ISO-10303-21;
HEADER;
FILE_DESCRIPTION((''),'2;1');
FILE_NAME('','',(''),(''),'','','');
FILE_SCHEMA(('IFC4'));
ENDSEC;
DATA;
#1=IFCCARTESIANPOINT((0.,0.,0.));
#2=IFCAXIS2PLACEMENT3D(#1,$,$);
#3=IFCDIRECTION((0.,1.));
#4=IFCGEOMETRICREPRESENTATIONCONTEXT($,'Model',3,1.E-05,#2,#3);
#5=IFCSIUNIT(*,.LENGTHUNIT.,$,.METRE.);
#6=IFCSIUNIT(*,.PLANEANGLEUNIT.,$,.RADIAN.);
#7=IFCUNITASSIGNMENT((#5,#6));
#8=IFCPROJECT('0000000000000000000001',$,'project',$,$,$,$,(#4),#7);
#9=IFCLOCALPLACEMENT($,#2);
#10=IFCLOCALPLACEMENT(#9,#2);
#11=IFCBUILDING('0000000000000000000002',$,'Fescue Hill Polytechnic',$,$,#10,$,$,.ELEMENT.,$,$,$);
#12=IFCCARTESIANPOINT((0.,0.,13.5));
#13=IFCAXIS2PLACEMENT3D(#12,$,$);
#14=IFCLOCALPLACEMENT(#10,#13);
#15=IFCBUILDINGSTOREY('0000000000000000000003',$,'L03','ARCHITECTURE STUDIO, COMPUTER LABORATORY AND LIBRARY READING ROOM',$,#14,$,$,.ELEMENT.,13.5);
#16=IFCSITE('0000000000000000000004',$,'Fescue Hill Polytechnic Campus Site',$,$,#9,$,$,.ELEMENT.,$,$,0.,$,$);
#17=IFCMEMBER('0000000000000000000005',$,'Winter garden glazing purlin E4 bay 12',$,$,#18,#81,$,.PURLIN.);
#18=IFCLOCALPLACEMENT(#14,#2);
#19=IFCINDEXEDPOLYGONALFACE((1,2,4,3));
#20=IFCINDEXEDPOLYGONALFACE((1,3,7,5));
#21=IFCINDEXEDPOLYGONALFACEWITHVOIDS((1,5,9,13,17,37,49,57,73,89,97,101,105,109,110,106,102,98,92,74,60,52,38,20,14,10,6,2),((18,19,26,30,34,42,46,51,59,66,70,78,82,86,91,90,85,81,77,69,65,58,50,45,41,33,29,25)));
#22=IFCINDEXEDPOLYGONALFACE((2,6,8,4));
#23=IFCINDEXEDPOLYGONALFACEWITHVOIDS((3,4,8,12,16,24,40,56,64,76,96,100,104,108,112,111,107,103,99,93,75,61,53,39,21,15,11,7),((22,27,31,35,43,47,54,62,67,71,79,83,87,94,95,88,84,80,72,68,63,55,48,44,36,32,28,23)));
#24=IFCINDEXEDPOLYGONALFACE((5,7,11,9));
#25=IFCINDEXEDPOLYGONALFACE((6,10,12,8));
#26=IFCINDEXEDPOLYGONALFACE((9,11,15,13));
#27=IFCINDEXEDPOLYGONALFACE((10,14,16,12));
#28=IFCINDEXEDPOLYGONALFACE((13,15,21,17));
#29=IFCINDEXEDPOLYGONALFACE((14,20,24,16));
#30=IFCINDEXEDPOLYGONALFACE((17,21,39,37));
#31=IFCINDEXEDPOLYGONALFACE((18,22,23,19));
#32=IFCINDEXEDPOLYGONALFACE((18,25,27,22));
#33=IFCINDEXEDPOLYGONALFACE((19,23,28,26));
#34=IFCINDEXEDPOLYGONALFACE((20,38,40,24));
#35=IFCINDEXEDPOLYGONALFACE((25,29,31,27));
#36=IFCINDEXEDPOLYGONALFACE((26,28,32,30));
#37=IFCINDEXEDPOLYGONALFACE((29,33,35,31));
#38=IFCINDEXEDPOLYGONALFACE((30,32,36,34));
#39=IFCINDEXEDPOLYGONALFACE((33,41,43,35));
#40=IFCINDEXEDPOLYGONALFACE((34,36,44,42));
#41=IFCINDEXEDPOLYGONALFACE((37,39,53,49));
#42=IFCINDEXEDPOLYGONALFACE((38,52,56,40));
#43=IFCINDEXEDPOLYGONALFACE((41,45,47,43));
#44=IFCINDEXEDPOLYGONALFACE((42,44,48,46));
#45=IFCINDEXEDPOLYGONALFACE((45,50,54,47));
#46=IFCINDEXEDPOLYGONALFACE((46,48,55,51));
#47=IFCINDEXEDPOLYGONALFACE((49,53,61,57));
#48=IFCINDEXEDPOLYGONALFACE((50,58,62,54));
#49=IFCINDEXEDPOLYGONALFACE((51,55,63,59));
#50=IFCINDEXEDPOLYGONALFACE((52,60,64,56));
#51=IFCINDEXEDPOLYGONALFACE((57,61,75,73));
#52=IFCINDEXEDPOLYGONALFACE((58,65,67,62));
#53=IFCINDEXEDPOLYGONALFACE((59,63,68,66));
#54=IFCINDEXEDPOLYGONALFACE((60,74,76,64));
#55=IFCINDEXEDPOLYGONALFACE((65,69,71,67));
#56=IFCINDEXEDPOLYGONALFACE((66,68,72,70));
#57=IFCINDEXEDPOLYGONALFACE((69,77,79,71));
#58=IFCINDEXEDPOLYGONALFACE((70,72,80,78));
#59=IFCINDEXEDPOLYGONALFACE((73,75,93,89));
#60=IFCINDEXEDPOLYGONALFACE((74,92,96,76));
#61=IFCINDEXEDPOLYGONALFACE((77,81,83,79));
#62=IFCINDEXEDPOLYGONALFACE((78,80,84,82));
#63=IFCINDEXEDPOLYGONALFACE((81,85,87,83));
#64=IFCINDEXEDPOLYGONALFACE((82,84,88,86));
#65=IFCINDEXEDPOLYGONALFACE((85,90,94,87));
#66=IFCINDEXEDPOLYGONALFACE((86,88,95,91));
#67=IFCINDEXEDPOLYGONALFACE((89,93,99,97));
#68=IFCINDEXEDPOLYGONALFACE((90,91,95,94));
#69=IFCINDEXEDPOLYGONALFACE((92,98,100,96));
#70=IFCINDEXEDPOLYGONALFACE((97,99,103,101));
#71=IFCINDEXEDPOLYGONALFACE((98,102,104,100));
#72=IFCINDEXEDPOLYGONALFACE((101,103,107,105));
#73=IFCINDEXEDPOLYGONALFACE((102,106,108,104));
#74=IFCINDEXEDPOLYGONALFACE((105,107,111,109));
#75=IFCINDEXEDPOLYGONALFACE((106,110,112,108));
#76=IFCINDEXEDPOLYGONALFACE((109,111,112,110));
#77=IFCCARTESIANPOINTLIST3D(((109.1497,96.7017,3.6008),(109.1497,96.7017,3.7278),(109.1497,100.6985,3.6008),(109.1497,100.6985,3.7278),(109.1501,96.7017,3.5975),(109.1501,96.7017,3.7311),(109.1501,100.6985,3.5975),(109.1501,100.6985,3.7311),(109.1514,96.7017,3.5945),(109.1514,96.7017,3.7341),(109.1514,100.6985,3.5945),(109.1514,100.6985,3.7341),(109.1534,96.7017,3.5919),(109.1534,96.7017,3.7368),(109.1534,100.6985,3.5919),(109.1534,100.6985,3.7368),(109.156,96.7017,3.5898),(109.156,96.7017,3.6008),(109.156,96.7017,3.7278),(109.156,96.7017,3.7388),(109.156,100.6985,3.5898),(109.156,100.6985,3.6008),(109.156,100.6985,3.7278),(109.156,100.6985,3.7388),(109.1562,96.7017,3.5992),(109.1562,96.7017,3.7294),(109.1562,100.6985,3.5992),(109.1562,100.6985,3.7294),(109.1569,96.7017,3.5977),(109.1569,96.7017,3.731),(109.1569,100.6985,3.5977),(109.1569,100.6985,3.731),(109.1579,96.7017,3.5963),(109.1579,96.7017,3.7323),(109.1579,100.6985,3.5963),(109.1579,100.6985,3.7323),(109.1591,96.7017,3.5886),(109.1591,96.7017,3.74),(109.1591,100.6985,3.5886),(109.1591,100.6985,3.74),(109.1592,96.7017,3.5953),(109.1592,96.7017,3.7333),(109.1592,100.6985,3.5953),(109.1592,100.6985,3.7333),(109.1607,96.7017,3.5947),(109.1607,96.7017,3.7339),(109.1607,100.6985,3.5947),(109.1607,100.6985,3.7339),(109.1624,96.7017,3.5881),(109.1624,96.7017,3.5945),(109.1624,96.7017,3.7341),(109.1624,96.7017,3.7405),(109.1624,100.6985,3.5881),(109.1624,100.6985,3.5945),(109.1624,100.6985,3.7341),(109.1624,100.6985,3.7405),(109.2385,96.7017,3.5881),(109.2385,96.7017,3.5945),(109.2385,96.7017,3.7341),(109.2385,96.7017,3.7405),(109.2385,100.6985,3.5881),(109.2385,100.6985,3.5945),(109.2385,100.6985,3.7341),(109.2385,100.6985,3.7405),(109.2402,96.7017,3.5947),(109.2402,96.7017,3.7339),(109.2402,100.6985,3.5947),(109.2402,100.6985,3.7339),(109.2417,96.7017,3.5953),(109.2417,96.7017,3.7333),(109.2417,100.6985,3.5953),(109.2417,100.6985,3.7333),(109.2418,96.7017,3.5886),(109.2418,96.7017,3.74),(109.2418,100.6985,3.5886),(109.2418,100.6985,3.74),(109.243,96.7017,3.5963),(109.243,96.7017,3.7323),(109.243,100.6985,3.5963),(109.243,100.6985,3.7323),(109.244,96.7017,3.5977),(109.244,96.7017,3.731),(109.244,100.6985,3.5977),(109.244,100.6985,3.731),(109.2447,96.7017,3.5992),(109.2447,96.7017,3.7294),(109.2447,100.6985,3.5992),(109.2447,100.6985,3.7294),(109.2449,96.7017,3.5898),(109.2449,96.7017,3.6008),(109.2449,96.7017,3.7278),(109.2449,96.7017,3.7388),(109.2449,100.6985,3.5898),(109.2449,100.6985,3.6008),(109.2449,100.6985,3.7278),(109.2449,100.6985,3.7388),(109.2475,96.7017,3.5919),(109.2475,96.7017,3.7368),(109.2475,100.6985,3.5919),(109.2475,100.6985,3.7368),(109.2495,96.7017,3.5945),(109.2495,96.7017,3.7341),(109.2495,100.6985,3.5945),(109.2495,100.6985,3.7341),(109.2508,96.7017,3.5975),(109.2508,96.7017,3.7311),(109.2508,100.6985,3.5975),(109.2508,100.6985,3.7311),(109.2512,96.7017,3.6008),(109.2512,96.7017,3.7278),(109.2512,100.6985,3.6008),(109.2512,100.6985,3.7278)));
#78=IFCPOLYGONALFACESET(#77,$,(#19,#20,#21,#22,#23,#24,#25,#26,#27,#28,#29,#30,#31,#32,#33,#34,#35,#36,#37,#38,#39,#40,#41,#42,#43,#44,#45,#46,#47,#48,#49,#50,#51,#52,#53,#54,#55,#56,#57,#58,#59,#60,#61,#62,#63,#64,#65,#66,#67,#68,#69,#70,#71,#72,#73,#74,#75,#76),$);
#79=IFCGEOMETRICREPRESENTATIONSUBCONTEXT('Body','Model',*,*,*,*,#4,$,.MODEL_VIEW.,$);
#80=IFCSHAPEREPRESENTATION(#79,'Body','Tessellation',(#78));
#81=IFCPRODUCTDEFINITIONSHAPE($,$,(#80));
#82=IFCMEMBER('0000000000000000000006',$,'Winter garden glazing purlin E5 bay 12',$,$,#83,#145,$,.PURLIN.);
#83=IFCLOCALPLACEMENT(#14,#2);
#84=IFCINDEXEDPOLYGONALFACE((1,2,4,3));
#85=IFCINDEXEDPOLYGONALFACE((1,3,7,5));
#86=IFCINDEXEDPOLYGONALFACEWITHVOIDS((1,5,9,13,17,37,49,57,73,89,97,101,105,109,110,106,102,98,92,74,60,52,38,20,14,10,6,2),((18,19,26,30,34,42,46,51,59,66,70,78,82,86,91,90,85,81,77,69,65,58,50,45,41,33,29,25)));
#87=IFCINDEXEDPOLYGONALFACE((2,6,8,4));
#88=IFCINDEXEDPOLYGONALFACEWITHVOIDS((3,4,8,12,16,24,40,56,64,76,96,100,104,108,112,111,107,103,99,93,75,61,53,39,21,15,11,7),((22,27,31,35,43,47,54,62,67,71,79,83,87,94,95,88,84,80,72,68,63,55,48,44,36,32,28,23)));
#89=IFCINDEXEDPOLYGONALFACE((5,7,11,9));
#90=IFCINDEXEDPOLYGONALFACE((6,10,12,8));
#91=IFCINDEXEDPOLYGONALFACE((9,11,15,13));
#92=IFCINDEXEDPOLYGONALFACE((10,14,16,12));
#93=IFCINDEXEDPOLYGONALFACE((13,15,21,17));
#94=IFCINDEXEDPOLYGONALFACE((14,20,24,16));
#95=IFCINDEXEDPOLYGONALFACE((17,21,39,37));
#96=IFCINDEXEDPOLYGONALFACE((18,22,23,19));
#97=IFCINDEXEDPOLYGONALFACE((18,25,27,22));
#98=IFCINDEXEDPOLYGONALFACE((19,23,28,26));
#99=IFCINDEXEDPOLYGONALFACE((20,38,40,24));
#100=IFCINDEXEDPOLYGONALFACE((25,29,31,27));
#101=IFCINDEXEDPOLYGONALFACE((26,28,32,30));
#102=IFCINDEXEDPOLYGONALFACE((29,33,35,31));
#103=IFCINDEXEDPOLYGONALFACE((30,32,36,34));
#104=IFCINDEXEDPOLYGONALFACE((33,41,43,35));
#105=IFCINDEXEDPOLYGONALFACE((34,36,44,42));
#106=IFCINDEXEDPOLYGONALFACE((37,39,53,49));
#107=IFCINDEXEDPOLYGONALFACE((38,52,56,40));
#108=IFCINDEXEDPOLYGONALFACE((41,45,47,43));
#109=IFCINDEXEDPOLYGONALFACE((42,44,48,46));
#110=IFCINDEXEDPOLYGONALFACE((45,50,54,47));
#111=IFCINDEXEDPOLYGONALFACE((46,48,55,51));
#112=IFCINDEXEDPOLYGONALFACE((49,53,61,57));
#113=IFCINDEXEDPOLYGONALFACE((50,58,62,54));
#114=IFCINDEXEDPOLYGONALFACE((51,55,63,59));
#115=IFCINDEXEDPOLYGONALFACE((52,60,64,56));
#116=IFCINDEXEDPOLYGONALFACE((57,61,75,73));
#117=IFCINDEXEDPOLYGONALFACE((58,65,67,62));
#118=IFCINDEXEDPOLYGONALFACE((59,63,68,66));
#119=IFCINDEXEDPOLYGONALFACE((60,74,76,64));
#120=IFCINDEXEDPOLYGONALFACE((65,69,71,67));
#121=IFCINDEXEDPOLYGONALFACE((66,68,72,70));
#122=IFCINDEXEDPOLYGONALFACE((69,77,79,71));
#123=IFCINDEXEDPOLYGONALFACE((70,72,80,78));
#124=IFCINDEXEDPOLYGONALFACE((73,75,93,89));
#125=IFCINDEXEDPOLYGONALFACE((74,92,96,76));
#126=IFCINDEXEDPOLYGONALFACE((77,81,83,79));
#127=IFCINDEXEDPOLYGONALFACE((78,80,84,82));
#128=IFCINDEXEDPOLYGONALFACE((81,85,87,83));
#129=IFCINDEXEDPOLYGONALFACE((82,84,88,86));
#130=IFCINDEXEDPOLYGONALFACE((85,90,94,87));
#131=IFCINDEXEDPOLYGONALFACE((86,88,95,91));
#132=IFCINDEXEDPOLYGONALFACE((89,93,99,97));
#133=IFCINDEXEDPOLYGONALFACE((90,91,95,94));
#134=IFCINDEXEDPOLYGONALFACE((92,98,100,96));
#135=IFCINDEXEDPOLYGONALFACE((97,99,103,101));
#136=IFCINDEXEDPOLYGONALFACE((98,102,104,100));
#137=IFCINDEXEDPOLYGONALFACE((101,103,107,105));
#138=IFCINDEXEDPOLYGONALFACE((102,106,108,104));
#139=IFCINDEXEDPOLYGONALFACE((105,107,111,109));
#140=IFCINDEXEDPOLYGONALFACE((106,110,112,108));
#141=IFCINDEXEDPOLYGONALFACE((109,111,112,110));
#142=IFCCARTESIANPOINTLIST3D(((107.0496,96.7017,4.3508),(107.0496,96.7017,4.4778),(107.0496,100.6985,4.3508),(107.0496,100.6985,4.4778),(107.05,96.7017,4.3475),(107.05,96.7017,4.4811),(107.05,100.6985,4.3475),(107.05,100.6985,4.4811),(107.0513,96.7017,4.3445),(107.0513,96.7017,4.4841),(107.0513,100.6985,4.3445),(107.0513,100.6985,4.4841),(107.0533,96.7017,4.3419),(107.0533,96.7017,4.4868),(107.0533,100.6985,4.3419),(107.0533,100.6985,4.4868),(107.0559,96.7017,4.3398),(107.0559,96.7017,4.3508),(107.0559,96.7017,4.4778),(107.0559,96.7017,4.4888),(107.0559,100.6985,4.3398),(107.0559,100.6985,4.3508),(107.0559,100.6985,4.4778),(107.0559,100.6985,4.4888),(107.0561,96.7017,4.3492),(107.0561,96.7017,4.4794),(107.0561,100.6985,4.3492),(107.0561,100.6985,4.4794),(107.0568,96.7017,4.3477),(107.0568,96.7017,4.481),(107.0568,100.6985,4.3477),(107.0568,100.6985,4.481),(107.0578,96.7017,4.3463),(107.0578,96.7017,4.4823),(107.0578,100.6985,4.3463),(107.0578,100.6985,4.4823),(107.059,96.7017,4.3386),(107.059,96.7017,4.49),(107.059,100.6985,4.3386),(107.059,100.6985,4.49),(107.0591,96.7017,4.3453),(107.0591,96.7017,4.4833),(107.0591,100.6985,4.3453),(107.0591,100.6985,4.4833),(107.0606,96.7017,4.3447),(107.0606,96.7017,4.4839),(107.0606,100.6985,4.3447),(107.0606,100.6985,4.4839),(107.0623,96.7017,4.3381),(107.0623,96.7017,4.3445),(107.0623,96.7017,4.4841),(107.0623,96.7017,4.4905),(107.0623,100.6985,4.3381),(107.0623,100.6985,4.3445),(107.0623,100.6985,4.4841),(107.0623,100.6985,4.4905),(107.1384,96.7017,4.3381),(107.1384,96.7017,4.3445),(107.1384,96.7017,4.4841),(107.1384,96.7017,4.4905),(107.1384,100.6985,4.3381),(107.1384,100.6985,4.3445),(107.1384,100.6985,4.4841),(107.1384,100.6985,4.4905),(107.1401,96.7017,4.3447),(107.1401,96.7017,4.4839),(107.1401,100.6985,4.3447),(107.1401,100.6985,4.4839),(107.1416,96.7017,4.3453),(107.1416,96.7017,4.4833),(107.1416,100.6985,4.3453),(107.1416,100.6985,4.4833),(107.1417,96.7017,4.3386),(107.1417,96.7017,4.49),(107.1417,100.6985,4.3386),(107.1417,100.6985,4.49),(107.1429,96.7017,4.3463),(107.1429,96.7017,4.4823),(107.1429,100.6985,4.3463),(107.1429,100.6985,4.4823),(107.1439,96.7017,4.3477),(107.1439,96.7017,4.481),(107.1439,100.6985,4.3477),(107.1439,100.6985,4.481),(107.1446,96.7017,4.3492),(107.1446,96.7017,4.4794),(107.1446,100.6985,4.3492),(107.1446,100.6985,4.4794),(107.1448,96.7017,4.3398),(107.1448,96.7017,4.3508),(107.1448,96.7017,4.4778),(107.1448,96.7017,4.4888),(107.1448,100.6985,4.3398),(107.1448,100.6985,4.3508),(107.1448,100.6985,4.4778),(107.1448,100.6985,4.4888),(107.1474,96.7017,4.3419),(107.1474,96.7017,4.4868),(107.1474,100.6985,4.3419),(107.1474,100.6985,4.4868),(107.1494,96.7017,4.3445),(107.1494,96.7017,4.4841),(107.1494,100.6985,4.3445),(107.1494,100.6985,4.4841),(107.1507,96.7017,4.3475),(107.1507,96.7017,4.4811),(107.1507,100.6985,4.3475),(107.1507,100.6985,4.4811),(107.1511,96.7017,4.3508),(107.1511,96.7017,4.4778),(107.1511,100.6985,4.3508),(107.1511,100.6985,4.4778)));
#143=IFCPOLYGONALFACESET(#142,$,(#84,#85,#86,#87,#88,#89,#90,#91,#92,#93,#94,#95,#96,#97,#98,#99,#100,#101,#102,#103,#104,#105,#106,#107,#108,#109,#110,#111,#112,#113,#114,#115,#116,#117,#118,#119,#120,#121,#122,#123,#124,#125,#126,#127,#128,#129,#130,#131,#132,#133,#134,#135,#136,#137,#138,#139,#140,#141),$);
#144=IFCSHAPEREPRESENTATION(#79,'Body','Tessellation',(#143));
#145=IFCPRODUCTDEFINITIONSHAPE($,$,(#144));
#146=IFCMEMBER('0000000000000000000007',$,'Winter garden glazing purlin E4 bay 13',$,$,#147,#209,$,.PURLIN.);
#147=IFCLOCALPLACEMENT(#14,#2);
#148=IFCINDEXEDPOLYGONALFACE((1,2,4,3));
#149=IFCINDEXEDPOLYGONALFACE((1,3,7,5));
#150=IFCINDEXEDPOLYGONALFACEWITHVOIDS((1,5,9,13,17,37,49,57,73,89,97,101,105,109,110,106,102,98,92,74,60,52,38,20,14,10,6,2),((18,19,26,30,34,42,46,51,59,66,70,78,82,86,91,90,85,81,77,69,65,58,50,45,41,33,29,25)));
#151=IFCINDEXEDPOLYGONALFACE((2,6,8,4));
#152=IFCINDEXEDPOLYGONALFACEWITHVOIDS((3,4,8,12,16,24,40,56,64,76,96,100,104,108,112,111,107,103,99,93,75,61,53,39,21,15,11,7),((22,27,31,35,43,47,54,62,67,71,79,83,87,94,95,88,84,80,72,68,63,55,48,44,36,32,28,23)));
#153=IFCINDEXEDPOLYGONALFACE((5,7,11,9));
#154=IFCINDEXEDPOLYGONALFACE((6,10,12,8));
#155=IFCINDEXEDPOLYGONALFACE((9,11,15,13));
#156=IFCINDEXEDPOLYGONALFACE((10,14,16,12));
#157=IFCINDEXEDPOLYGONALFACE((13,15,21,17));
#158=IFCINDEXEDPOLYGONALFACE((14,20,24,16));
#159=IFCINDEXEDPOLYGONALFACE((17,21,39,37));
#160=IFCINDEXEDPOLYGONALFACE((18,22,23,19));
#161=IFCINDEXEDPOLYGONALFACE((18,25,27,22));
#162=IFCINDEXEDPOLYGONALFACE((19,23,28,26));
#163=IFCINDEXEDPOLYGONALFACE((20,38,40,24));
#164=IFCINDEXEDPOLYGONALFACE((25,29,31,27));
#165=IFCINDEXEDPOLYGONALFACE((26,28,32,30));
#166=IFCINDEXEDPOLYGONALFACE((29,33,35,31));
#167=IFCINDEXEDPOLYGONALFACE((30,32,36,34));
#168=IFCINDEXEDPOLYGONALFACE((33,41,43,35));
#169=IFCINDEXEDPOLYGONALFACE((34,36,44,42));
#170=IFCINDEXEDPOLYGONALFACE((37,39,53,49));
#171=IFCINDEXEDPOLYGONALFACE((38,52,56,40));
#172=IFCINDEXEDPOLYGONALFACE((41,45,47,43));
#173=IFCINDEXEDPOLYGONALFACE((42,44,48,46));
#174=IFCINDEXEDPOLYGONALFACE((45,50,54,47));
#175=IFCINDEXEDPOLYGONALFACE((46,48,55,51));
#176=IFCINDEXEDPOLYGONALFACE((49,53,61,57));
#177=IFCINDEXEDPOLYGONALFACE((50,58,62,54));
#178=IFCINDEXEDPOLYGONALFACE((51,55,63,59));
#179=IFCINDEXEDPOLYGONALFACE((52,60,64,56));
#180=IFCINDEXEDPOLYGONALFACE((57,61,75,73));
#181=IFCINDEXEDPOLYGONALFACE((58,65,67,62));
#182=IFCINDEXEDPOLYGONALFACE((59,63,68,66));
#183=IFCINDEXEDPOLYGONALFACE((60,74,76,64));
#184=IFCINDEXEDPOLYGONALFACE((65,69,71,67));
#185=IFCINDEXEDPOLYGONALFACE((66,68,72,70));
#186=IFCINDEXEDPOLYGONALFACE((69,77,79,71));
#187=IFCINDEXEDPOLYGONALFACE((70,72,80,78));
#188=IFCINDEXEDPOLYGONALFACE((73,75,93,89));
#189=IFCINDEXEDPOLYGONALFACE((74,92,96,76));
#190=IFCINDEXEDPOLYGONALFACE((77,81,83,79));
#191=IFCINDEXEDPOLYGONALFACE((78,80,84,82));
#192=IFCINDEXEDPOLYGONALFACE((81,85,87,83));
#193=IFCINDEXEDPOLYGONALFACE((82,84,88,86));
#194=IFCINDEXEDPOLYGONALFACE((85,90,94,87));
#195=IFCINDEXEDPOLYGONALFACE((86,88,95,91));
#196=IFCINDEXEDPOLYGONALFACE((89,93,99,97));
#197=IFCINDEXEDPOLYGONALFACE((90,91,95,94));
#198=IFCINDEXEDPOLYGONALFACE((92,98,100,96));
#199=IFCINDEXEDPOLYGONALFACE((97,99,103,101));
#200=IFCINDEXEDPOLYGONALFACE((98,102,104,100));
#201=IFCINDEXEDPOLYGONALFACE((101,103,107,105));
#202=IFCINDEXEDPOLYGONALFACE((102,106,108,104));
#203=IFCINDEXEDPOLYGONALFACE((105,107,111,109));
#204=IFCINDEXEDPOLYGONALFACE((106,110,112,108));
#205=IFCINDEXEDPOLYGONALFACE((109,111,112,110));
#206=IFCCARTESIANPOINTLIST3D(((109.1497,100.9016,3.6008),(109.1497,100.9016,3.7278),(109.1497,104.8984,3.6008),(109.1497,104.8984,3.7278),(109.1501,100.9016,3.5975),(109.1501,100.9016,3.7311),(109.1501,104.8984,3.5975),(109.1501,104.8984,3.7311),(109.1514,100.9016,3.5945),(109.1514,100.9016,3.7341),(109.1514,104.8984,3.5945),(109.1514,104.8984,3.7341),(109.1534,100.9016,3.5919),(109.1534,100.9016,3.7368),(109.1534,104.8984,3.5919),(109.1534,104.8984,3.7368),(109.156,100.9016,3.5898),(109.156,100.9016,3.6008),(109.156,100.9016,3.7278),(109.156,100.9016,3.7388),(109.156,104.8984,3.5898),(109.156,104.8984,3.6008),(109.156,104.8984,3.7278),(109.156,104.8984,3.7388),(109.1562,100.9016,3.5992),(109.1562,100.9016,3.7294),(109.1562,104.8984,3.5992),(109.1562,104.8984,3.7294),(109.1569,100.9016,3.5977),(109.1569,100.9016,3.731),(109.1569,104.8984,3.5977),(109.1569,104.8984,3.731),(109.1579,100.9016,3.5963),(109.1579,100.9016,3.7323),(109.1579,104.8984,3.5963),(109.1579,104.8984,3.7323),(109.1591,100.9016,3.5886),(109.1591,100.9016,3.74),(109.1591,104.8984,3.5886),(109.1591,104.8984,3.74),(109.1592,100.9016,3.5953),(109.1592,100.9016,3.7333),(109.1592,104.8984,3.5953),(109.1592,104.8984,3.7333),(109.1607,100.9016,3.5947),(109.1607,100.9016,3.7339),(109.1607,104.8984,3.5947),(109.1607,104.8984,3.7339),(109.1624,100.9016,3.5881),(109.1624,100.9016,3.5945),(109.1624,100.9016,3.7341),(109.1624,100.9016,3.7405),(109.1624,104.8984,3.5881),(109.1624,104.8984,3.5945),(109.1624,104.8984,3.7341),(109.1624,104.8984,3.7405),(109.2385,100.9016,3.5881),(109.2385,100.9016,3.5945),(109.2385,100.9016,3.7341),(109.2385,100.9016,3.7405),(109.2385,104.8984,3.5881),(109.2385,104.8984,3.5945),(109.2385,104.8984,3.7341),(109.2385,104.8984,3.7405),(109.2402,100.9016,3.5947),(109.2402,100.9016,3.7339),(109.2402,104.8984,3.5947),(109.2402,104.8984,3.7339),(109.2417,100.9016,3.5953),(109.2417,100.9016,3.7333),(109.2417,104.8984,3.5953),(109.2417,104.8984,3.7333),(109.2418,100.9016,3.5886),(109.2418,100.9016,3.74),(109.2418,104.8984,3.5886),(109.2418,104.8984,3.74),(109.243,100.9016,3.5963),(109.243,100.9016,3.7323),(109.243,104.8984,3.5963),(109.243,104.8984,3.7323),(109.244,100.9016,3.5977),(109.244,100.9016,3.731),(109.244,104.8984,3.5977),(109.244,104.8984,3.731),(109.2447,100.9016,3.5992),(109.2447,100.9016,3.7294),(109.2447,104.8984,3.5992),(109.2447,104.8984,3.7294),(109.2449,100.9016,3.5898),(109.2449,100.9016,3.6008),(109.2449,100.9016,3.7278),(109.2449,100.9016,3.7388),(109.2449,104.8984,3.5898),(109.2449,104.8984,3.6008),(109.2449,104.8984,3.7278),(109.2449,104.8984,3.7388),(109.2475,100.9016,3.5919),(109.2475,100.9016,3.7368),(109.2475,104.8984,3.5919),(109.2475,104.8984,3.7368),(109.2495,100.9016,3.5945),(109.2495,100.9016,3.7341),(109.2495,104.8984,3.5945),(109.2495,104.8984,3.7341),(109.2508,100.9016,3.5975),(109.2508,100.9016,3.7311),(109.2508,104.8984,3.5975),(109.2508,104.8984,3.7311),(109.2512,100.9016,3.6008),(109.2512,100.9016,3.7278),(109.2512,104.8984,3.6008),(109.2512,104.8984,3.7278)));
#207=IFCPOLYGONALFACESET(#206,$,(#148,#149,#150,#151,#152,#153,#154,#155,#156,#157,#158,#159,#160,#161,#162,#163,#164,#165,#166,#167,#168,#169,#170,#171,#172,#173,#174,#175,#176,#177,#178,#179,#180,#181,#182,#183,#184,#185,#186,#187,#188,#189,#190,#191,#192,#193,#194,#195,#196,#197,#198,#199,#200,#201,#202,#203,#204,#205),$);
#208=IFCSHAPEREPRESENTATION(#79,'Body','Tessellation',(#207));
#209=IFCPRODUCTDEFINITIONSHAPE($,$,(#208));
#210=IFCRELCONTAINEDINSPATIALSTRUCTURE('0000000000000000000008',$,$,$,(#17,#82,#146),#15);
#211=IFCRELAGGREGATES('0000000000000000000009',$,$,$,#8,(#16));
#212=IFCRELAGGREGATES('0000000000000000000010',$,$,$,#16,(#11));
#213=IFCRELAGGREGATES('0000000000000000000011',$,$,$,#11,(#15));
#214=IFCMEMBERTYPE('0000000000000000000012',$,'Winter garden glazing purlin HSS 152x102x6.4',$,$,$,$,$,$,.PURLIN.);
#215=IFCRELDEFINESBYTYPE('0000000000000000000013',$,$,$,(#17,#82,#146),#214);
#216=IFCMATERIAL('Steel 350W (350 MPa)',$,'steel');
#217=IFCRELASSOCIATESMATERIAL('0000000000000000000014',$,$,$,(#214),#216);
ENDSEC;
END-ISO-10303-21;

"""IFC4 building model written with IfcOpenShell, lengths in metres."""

from ifc_helpers import new_model, si_unit, direction, frame, origin, origin_2d, place, context, subcontext, project, spatial, hollow_rectangle, extrude, material, material_profile, profile_set, type_object, element, save


model = new_model("IFC4")

# Units and contexts
model_context = context("Model", 3, precision=1e-05, world=origin(), true_north=direction((0.0, 1.0)))
body_context = subcontext(model_context, "Body", "Model", "MODEL_VIEW")
ifc_project = project(units=[si_unit("LENGTHUNIT", "METRE"), si_unit("PLANEANGLEUNIT", "RADIAN")], contexts=[model_context])

# Site, building, storey
site_placement = place(None, origin())
site = spatial("IfcSite", under=ifc_project, at=site_placement, Name="Fescue Hill Polytechnic Campus Site", CompositionType="ELEMENT", RefElevation=0.0)
building_placement = place(site_placement, origin())
building = spatial("IfcBuilding", under=site, at=building_placement, Name="Fescue Hill Polytechnic", CompositionType="ELEMENT")
storey_placement = place(building_placement, frame((0.0, 0.0, 13.5)))
storey = spatial("IfcBuildingStorey", under=building, at=storey_placement, Name="L03", Description="ARCHITECTURE STUDIO, COMPUTER LABORATORY AND LIBRARY READING ROOM", CompositionType="ELEMENT", Elevation=13.5)

# Members
ifc_material_1 = material(Name="Steel 350W (350 MPa)", Category="steel")
ifc_material_profile_1 = material_profile(ifc_material_1, hollow_rectangle(XDim=0.1016, YDim=0.1523, WallThickness=0.0063, InnerFilletRadius=0.0063, OuterFilletRadius=0.0127, at=origin_2d()), Name="Winter garden glazing purlin HSS 152x102x6.4")
ifc_profile_set_1 = profile_set([ifc_material_profile_1], Name="Steel 350W (350 MPa)")
member_type_1 = type_object("IfcMemberType", Name="Winter garden glazing purlin HSS 152x102x6.4", PredefinedType="PURLIN", material=ifc_profile_set_1)
for number, where, z_axis, x_axis, name in (
    (1, (109.2004, 96.7017, 3.6643), (0.0, 1.0, 0.0), (-1.0, 0.0, 0.0), "Winter garden glazing purlin E4 bay 12"),
    (2, (107.1003, 96.7017, 4.4143), (0.0, 1.0, 0.0), (-1.0, 0.0, 0.0), "Winter garden glazing purlin E5 bay 12"),
    (3, (109.2004, 100.9016, 3.6643), (0.0, 1.0, 0.0), (-1.0, 0.0, 0.0), "Winter garden glazing purlin E4 bay 13"),
):
    element("IfcMember", number, at=place(storey_placement, frame(where, z_axis=z_axis, x_axis=x_axis)), inside=storey, type_object=member_type_1, Name=name, PredefinedType="PURLIN", context=body_context, shape_type="SweptSolid", body=[
        extrude(hollow_rectangle(XDim=0.1016, YDim=0.1523, WallThickness=0.0063, InnerFilletRadius=0.0063, OuterFilletRadius=0.0127, at=origin_2d()), origin(), (0.0, 0.0, 1.0), 3.9968),
    ])

save(model, "model.ifc")
